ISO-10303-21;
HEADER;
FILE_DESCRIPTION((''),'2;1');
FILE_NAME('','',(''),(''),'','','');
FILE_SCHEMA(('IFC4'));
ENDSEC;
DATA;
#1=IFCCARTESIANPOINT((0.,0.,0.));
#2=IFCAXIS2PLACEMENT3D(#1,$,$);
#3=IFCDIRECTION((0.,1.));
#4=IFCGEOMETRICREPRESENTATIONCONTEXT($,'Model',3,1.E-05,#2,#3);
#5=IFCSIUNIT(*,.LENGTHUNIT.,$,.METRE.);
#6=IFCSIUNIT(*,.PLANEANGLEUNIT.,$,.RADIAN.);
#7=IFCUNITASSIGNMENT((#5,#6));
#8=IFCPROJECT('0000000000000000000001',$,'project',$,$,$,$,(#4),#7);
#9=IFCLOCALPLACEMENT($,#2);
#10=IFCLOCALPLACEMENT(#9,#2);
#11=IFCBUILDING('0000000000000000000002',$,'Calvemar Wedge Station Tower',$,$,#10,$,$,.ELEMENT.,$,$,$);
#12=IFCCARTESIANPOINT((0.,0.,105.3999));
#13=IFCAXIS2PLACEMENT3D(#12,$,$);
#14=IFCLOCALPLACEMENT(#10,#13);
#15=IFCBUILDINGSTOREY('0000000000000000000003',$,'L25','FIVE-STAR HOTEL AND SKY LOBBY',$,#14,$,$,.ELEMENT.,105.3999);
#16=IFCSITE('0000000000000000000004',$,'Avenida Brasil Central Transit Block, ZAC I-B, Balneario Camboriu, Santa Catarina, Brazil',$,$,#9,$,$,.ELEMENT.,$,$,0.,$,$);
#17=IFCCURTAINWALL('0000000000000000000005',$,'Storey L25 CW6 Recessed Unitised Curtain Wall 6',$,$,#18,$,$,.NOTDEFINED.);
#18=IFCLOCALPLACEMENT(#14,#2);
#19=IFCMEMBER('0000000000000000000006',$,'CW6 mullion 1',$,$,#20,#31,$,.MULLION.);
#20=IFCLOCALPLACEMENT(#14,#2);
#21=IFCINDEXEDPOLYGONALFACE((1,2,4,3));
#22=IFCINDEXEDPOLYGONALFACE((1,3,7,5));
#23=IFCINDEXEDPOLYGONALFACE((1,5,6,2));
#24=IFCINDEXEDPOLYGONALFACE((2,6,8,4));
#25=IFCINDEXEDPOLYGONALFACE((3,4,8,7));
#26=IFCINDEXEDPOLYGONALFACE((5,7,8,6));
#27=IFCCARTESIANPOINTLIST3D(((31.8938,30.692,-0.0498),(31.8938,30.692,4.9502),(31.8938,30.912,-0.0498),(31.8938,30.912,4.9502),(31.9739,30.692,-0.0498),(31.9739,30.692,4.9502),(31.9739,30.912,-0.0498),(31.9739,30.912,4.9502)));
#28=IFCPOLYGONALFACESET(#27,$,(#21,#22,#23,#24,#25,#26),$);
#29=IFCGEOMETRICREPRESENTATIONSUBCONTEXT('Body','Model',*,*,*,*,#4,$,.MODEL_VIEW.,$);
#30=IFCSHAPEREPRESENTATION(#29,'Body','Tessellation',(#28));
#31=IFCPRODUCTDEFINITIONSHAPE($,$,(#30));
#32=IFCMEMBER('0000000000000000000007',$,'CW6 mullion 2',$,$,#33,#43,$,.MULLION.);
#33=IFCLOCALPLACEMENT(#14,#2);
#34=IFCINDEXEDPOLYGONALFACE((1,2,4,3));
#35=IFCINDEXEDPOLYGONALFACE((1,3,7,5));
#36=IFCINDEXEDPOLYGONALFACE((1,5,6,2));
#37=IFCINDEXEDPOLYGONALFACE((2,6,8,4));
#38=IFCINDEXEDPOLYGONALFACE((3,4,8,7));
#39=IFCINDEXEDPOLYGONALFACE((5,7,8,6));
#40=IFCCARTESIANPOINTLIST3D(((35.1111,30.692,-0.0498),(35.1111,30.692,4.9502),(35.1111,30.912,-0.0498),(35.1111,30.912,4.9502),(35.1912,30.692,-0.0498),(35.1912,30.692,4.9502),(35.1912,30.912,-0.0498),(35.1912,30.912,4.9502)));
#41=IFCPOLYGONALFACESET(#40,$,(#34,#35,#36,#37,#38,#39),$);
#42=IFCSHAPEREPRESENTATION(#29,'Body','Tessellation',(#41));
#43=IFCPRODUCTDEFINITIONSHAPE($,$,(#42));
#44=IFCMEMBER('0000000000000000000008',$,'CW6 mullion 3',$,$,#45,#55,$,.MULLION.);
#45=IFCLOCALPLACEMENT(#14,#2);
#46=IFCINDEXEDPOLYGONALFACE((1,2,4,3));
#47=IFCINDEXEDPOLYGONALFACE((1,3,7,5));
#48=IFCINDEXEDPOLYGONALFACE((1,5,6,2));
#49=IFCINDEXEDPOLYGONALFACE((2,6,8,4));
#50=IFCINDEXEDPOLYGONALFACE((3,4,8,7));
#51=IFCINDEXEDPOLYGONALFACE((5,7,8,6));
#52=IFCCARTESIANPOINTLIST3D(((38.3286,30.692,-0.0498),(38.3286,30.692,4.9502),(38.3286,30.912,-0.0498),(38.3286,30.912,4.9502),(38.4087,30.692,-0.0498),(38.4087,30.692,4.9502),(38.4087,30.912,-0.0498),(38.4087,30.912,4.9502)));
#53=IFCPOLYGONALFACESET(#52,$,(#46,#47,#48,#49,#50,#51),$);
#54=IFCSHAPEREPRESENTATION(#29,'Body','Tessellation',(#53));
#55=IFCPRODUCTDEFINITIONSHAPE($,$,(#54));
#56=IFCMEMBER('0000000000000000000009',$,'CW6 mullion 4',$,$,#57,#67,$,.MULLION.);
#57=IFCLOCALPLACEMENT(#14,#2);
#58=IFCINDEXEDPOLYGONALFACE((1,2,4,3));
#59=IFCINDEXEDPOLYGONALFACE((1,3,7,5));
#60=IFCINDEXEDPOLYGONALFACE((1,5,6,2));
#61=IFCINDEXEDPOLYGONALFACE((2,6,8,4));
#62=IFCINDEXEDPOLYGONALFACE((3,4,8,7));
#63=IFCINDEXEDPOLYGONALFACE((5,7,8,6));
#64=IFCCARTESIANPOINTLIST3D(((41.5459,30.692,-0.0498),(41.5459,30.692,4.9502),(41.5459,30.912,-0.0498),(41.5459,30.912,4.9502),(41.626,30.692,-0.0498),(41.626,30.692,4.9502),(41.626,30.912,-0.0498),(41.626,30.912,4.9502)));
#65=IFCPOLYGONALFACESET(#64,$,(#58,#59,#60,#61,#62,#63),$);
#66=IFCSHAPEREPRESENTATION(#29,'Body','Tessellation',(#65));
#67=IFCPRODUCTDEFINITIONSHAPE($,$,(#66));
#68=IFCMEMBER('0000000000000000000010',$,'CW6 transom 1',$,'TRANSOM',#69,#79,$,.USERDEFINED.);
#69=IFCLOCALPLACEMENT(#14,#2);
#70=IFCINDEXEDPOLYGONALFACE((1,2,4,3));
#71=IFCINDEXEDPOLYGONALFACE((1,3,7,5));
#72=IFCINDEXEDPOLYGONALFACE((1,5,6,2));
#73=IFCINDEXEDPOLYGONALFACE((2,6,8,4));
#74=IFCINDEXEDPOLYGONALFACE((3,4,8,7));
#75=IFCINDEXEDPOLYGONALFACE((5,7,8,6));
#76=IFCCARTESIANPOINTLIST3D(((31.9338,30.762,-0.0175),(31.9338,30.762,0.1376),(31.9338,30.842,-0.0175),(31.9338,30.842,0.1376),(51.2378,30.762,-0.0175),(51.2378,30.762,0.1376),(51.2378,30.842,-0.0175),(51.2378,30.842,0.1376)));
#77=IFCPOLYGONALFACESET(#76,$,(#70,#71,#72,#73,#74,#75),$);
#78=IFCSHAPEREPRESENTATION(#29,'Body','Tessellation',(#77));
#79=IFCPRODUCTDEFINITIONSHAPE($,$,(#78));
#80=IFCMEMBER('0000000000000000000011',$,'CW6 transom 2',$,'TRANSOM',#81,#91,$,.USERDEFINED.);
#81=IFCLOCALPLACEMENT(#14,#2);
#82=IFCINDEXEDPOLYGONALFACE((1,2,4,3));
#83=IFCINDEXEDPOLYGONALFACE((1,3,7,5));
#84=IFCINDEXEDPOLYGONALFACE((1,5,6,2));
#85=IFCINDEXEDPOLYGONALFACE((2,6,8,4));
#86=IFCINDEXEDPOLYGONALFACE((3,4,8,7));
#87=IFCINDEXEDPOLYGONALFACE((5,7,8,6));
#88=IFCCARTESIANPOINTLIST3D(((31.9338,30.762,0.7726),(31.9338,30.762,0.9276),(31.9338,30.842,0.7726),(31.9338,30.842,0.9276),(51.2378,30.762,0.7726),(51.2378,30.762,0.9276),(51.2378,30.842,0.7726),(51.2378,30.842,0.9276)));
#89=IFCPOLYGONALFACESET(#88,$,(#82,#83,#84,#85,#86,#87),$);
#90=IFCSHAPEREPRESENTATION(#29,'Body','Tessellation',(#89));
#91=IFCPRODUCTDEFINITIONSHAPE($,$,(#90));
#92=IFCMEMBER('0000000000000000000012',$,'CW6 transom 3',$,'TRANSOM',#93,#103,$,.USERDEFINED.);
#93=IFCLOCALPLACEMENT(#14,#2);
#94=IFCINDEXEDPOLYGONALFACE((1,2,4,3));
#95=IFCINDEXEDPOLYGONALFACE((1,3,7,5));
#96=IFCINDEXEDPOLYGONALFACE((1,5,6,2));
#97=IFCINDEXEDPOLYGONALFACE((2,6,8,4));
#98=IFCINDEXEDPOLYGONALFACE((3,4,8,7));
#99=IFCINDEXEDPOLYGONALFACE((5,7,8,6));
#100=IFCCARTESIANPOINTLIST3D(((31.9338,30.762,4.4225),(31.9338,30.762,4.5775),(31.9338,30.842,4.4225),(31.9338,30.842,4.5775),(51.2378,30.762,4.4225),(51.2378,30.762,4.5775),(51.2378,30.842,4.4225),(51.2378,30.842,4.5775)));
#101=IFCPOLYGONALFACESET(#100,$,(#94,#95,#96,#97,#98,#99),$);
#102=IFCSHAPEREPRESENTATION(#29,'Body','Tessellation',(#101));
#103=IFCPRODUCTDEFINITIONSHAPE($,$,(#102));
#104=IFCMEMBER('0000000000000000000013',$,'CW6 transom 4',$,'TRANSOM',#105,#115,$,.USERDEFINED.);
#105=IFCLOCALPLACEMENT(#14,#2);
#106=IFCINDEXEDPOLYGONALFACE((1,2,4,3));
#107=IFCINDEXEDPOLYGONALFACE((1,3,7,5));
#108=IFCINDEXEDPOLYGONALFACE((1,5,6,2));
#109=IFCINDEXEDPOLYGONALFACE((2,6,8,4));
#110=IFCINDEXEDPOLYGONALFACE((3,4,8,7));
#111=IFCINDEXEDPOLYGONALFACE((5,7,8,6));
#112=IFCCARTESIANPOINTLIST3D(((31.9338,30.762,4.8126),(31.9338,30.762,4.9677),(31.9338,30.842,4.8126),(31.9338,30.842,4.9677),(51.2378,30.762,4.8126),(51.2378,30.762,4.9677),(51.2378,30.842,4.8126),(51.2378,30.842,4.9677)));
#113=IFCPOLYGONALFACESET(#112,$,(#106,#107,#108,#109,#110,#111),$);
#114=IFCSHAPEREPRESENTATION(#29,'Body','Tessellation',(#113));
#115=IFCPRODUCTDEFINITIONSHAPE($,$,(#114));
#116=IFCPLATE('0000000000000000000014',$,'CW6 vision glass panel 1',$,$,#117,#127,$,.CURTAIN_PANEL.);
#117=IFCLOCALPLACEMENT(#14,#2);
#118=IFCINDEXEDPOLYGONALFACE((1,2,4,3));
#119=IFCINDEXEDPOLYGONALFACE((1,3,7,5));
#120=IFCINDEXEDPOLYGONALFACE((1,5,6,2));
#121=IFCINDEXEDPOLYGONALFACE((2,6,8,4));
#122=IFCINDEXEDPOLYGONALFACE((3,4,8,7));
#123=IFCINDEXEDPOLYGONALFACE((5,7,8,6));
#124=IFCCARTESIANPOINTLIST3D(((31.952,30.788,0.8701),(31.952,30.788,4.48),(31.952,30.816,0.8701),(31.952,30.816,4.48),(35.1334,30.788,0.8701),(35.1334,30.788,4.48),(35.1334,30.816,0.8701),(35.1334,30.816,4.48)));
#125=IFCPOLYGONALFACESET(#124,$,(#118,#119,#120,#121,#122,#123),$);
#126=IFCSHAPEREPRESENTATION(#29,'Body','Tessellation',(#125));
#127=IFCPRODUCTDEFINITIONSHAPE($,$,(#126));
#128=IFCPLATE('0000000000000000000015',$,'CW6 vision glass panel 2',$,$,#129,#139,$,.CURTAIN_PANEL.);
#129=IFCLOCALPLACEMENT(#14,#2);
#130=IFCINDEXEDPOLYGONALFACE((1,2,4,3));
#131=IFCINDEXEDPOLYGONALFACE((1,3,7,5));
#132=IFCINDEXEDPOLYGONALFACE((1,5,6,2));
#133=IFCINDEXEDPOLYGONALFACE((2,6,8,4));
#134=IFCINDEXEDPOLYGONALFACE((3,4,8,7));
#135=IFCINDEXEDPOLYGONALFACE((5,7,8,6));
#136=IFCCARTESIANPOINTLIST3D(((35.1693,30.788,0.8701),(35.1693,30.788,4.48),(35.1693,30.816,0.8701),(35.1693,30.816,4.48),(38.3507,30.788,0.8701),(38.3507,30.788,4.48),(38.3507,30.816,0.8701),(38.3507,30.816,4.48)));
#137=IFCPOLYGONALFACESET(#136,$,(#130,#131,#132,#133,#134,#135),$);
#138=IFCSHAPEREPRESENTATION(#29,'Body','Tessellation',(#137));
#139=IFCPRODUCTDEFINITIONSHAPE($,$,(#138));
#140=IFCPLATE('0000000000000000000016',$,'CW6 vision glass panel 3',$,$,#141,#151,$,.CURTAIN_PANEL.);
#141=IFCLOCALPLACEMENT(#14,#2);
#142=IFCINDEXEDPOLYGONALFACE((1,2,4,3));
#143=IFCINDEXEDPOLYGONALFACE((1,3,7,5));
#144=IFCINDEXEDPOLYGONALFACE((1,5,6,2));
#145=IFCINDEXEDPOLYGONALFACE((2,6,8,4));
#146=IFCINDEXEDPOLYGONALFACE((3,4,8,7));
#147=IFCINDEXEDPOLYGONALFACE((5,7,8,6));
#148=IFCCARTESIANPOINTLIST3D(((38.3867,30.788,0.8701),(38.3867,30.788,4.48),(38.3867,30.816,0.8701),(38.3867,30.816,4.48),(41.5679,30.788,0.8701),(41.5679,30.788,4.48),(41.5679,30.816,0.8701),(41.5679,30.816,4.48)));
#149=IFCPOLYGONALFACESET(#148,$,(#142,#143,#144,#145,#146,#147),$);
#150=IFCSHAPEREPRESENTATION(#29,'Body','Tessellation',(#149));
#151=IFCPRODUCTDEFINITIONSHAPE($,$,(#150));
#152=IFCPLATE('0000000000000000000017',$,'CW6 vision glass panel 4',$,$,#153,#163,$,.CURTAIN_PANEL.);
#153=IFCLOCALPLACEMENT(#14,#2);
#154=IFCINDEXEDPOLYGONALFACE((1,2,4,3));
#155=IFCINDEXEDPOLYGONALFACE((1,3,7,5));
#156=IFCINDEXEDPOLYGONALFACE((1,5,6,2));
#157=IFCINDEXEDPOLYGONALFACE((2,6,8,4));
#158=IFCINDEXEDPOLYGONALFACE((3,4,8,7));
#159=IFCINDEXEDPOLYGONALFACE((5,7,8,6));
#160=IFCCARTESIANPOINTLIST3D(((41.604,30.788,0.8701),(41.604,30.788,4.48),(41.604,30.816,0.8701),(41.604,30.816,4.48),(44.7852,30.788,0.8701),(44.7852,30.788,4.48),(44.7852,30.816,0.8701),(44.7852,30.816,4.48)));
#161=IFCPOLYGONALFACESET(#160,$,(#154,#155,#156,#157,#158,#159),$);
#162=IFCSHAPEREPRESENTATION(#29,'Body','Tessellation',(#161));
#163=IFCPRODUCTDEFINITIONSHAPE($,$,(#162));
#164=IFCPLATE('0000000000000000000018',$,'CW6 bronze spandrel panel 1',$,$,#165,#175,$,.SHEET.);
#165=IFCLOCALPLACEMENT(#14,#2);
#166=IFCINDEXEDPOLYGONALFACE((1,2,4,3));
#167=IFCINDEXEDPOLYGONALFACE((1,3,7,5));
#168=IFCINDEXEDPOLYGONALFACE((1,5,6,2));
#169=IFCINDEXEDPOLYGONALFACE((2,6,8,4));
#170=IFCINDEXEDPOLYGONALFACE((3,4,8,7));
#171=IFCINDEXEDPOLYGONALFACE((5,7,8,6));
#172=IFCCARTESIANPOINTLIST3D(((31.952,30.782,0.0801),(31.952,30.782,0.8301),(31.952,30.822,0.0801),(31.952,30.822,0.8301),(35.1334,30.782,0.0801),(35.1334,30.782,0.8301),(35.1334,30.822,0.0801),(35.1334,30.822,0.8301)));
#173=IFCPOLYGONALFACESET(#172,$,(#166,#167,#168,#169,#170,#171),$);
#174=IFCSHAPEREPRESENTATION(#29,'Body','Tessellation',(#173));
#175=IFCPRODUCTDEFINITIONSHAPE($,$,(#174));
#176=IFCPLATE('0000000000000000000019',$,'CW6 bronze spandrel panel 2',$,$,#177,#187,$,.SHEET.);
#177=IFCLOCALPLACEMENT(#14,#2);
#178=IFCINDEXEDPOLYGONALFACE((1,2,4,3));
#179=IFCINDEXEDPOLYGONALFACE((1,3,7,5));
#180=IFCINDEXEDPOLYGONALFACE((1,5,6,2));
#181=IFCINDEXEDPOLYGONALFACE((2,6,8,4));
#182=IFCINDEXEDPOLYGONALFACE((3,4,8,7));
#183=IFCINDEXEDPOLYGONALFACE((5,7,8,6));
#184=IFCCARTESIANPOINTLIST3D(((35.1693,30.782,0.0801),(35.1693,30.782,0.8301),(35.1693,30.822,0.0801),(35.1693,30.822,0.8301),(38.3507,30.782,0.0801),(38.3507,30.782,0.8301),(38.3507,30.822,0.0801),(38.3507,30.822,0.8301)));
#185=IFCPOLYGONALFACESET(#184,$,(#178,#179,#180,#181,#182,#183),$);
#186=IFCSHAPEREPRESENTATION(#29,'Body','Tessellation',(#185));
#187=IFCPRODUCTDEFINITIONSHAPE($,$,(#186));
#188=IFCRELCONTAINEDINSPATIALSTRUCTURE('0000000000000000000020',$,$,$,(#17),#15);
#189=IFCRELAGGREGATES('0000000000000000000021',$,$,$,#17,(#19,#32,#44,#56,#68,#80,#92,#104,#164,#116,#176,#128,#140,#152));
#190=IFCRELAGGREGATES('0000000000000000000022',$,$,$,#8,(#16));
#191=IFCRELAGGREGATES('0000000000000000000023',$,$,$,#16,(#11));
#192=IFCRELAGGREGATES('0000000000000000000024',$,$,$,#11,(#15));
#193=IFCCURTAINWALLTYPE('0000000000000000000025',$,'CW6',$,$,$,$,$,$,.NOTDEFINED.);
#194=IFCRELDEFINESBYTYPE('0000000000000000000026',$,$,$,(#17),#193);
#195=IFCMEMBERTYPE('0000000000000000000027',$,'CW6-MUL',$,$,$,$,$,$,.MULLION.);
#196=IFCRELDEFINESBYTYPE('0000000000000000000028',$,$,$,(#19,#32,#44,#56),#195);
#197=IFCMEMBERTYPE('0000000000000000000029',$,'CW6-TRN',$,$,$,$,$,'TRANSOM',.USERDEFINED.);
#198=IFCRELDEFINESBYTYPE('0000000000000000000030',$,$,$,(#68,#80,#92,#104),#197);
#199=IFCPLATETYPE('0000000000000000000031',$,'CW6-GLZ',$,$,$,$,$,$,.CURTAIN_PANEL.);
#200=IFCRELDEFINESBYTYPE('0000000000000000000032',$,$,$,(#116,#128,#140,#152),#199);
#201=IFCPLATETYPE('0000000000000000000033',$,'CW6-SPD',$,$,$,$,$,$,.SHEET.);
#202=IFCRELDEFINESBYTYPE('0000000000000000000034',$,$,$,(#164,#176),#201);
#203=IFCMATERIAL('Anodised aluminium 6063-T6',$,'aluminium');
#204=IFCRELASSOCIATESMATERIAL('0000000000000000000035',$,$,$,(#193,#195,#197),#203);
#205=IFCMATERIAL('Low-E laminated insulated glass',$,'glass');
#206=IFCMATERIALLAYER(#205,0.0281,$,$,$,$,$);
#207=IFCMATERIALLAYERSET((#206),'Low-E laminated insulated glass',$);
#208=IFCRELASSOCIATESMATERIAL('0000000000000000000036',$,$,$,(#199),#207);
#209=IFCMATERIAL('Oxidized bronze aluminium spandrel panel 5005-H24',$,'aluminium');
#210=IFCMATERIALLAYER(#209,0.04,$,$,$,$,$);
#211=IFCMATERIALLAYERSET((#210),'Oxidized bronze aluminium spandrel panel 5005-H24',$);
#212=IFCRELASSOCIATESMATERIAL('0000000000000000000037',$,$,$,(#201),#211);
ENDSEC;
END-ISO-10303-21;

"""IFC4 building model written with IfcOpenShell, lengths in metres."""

from ifc_helpers import new_model, si_unit, direction, frame, frame_2d, origin, origin_2d, place, context, subcontext, project, spatial, rectangle, extrude, source, transform, mapped, material, layer, layer_set, material_profile, profile_set, type_object, element, aggregate, save


model = new_model("IFC4")

# Units and contexts
model_context = context("Model", 3, precision=1e-05, world=origin(), true_north=direction((0.0, 1.0)))
body_context = subcontext(model_context, "Body", "Model", "MODEL_VIEW")
ifc_project = project(units=[si_unit("LENGTHUNIT", "METRE"), si_unit("PLANEANGLEUNIT", "RADIAN")], contexts=[model_context])

# Site, building, storey
site_placement = place(None, origin())
site = spatial("IfcSite", under=ifc_project, at=site_placement, Name="Avenida Brasil Central Transit Block, ZAC I-B, Balneario Camboriu, Santa Catarina, Brazil", CompositionType="ELEMENT", RefElevation=0.0)
building_placement = place(site_placement, origin())
building = spatial("IfcBuilding", under=site, at=building_placement, Name="Calvemar Wedge Station Tower", CompositionType="ELEMENT")
storey_placement = place(building_placement, frame((0.0, 0.0, 105.3999)))
storey = spatial("IfcBuildingStorey", under=building, at=storey_placement, Name="L25", Description="FIVE-STAR HOTEL AND SKY LOBBY", CompositionType="ELEMENT", Elevation=105.3999)

# Curtain wall, members, plates
ifc_material_1 = material(Name="Anodised aluminium 6063-T6", Category="aluminium")
curtain_wall_type = type_object("IfcCurtainWallType", Name="CW6", PredefinedType="NOTDEFINED", material=ifc_material_1)
curtain_wall_placement = place(storey_placement, origin())
curtain_wall = element("IfcCurtainWall", 1, at=curtain_wall_placement, inside=storey, type_object=curtain_wall_type, Name="Storey L25 CW6 Recessed Unitised Curtain Wall 6", PredefinedType="NOTDEFINED")
ifc_material_profile_1 = material_profile(ifc_material_1, rectangle(XDim=0.0801, YDim=0.22, at=origin_2d()), Name="AL-MUL-80x220")
ifc_profile_set_1 = profile_set([ifc_material_profile_1], Name="Anodised aluminium 6063-T6")
member_type_1 = type_object("IfcMemberType", Name="CW6-MUL", PredefinedType="MULLION", material=ifc_profile_set_1)
shared_shape_1 = source(origin(), body_context, "Body", "SweptSolid", [
    extrude(rectangle(XDim=0.0801, YDim=0.22, at=origin_2d()), origin(), (0.0, 0.0, 1.0), 5.0),
])
member_1_placement = place(storey_placement, frame((31.9338, 30.802, -0.0498), z_axis=(0.0, 0.0, 1.0), x_axis=(1.0, 0.0, 0.0)))
member_1 = element("IfcMember", 2, at=member_1_placement, type_object=member_type_1, Name="CW6 mullion 1", PredefinedType="MULLION", context=body_context, shape_type="MappedRepresentation", body=[
    mapped(shared_shape_1, transform((0.0, 0.0, 0.0), scale=1.0)),
])
member_2_placement = place(storey_placement, frame((35.1511, 30.802, -0.0498), z_axis=(0.0, 0.0, 1.0), x_axis=(1.0, 0.0, 0.0)))
member_2 = element("IfcMember", 3, at=member_2_placement, type_object=member_type_1, Name="CW6 mullion 2", PredefinedType="MULLION", context=body_context, shape_type="MappedRepresentation", body=[
    mapped(shared_shape_1, transform((0.0, 0.0, 0.0), scale=1.0)),
])
member_3_placement = place(storey_placement, frame((38.3687, 30.802, -0.0498), z_axis=(0.0, 0.0, 1.0), x_axis=(1.0, 0.0, 0.0)))
member_3 = element("IfcMember", 4, at=member_3_placement, type_object=member_type_1, Name="CW6 mullion 3", PredefinedType="MULLION", context=body_context, shape_type="MappedRepresentation", body=[
    mapped(shared_shape_1, transform((0.0, 0.0, 0.0), scale=1.0)),
])
member_4_placement = place(storey_placement, frame((41.5859, 30.802, -0.0498), z_axis=(0.0, 0.0, 1.0), x_axis=(1.0, 0.0, 0.0)))
member_4 = element("IfcMember", 5, at=member_4_placement, type_object=member_type_1, Name="CW6 mullion 4", PredefinedType="MULLION", context=body_context, shape_type="MappedRepresentation", body=[
    mapped(shared_shape_1, transform((0.0, 0.0, 0.0), scale=1.0)),
])
ifc_material_profile_2 = material_profile(ifc_material_1, rectangle(XDim=0.0801, YDim=0.155, at=origin_2d()), Name="AL-TRN-80x155")
ifc_profile_set_2 = profile_set([ifc_material_profile_2], Name="Anodised aluminium 6063-T6")
member_type_2 = type_object("IfcMemberType", Name="CW6-TRN", ElementType="TRANSOM", PredefinedType="USERDEFINED", material=ifc_profile_set_2)
shared_shape_2 = source(origin(), body_context, "Body", "SweptSolid", [
    extrude(rectangle(XDim=0.0801, YDim=0.155, at=origin_2d()), origin(), (0.0, 0.0, 1.0), 19.304),
])
member_5_placement = place(storey_placement, frame((31.9338, 30.802, 0.0601), z_axis=(1.0, 0.0, 0.0), x_axis=(0.0, 1.0, 0.0)))
member_5 = element("IfcMember", 6, at=member_5_placement, type_object=member_type_2, Name="CW6 transom 1", ObjectType="TRANSOM", PredefinedType="USERDEFINED", context=body_context, shape_type="MappedRepresentation", body=[
    mapped(shared_shape_2, transform((0.0, 0.0, 0.0), scale=1.0)),
])
member_6_placement = place(storey_placement, frame((31.9338, 30.802, 0.8501), z_axis=(1.0, 0.0, 0.0), x_axis=(0.0, 1.0, 0.0)))
member_6 = element("IfcMember", 7, at=member_6_placement, type_object=member_type_2, Name="CW6 transom 2", ObjectType="TRANSOM", PredefinedType="USERDEFINED", context=body_context, shape_type="MappedRepresentation", body=[
    mapped(shared_shape_2, transform((0.0, 0.0, 0.0), scale=1.0)),
])
member_7_placement = place(storey_placement, frame((31.9338, 30.802, 4.5), z_axis=(1.0, 0.0, 0.0), x_axis=(0.0, 1.0, 0.0)))
member_7 = element("IfcMember", 8, at=member_7_placement, type_object=member_type_2, Name="CW6 transom 3", ObjectType="TRANSOM", PredefinedType="USERDEFINED", context=body_context, shape_type="MappedRepresentation", body=[
    mapped(shared_shape_2, transform((0.0, 0.0, 0.0), scale=1.0)),
])
member_8_placement = place(storey_placement, frame((31.9338, 30.802, 4.8901), z_axis=(1.0, 0.0, 0.0), x_axis=(0.0, 1.0, 0.0)))
member_8 = element("IfcMember", 9, at=member_8_placement, type_object=member_type_2, Name="CW6 transom 4", ObjectType="TRANSOM", PredefinedType="USERDEFINED", context=body_context, shape_type="MappedRepresentation", body=[
    mapped(shared_shape_2, transform((0.0, 0.0, 0.0), scale=1.0)),
])
ifc_material_2 = material(Name="Low-E laminated insulated glass", Category="glass")
ifc_layer_1 = layer(ifc_material_2, 0.0281)
ifc_layer_set_1 = layer_set([ifc_layer_1], Name="Low-E laminated insulated glass")
plate_type_1 = type_object("IfcPlateType", Name="CW6-GLZ", PredefinedType="CURTAIN_PANEL", material=ifc_layer_set_1)
plate_1_placement = place(storey_placement, frame((31.9519, 30.802, 0.8701), z_axis=(0.0, 0.0, 1.0), x_axis=(1.0, 0.0, 0.0)))
plate_1 = element("IfcPlate", 10, at=plate_1_placement, type_object=plate_type_1, Name="CW6 vision glass panel 1", PredefinedType="CURTAIN_PANEL", context=body_context, shape_type="SweptSolid", body=[
    extrude(rectangle(XDim=3.1814, YDim=0.0281, at=frame_2d((1.5908, 0.0))), origin(), (0.0, 0.0, 1.0), 3.6099),
])
plate_2_placement = place(storey_placement, frame((35.1692, 30.802, 0.8701), z_axis=(0.0, 0.0, 1.0), x_axis=(1.0, 0.0, 0.0)))
plate_2 = element("IfcPlate", 11, at=plate_2_placement, type_object=plate_type_1, Name="CW6 vision glass panel 2", PredefinedType="CURTAIN_PANEL", context=body_context, shape_type="SweptSolid", body=[
    extrude(rectangle(XDim=3.1814, YDim=0.0281, at=frame_2d((1.5908, 0.0))), origin(), (0.0, 0.0, 1.0), 3.6099),
])
plate_3_placement = place(storey_placement, frame((38.3867, 30.802, 0.8701), z_axis=(0.0, 0.0, 1.0), x_axis=(1.0, 0.0, 0.0)))
plate_3 = element("IfcPlate", 12, at=plate_3_placement, type_object=plate_type_1, Name="CW6 vision glass panel 3", PredefinedType="CURTAIN_PANEL", context=body_context, shape_type="SweptSolid", body=[
    extrude(rectangle(XDim=3.1812, YDim=0.0281, at=frame_2d((1.5906, 0.0))), origin(), (0.0, 0.0, 1.0), 3.6099),
])
plate_4_placement = place(storey_placement, frame((41.604, 30.802, 0.8701), z_axis=(0.0, 0.0, 1.0), x_axis=(1.0, 0.0, 0.0)))
plate_4 = element("IfcPlate", 13, at=plate_4_placement, type_object=plate_type_1, Name="CW6 vision glass panel 4", PredefinedType="CURTAIN_PANEL", context=body_context, shape_type="SweptSolid", body=[
    extrude(rectangle(XDim=3.1812, YDim=0.0281, at=frame_2d((1.5906, 0.0))), origin(), (0.0, 0.0, 1.0), 3.6099),
])
ifc_material_3 = material(Name="Oxidized bronze aluminium spandrel panel 5005-H24", Category="aluminium")
ifc_layer_2 = layer(ifc_material_3, 0.04)
ifc_layer_set_2 = layer_set([ifc_layer_2], Name="Oxidized bronze aluminium spandrel panel 5005-H24")
plate_type_2 = type_object("IfcPlateType", Name="CW6-SPD", PredefinedType="SHEET", material=ifc_layer_set_2)
plate_5_placement = place(storey_placement, frame((31.9519, 30.802, 0.0801), z_axis=(0.0, 0.0, 1.0), x_axis=(1.0, 0.0, 0.0)))
plate_5 = element("IfcPlate", 14, at=plate_5_placement, type_object=plate_type_2, Name="CW6 bronze spandrel panel 1", PredefinedType="SHEET", context=body_context, shape_type="SweptSolid", body=[
    extrude(rectangle(XDim=3.1814, YDim=0.04, at=frame_2d((1.5908, 0.0))), origin(), (0.0, 0.0, 1.0), 0.75),
])
plate_6_placement = place(storey_placement, frame((35.1692, 30.802, 0.0801), z_axis=(0.0, 0.0, 1.0), x_axis=(1.0, 0.0, 0.0)))
plate_6 = element("IfcPlate", 15, at=plate_6_placement, type_object=plate_type_2, Name="CW6 bronze spandrel panel 2", PredefinedType="SHEET", context=body_context, shape_type="SweptSolid", body=[
    extrude(rectangle(XDim=3.1814, YDim=0.04, at=frame_2d((1.5908, 0.0))), origin(), (0.0, 0.0, 1.0), 0.75),
])
aggregate(curtain_wall, [member_1, member_2, member_3, member_4, member_5, member_6, member_7, member_8, plate_5, plate_1, plate_6, plate_2, plate_3, plate_4])

save(model, "model.ifc")
